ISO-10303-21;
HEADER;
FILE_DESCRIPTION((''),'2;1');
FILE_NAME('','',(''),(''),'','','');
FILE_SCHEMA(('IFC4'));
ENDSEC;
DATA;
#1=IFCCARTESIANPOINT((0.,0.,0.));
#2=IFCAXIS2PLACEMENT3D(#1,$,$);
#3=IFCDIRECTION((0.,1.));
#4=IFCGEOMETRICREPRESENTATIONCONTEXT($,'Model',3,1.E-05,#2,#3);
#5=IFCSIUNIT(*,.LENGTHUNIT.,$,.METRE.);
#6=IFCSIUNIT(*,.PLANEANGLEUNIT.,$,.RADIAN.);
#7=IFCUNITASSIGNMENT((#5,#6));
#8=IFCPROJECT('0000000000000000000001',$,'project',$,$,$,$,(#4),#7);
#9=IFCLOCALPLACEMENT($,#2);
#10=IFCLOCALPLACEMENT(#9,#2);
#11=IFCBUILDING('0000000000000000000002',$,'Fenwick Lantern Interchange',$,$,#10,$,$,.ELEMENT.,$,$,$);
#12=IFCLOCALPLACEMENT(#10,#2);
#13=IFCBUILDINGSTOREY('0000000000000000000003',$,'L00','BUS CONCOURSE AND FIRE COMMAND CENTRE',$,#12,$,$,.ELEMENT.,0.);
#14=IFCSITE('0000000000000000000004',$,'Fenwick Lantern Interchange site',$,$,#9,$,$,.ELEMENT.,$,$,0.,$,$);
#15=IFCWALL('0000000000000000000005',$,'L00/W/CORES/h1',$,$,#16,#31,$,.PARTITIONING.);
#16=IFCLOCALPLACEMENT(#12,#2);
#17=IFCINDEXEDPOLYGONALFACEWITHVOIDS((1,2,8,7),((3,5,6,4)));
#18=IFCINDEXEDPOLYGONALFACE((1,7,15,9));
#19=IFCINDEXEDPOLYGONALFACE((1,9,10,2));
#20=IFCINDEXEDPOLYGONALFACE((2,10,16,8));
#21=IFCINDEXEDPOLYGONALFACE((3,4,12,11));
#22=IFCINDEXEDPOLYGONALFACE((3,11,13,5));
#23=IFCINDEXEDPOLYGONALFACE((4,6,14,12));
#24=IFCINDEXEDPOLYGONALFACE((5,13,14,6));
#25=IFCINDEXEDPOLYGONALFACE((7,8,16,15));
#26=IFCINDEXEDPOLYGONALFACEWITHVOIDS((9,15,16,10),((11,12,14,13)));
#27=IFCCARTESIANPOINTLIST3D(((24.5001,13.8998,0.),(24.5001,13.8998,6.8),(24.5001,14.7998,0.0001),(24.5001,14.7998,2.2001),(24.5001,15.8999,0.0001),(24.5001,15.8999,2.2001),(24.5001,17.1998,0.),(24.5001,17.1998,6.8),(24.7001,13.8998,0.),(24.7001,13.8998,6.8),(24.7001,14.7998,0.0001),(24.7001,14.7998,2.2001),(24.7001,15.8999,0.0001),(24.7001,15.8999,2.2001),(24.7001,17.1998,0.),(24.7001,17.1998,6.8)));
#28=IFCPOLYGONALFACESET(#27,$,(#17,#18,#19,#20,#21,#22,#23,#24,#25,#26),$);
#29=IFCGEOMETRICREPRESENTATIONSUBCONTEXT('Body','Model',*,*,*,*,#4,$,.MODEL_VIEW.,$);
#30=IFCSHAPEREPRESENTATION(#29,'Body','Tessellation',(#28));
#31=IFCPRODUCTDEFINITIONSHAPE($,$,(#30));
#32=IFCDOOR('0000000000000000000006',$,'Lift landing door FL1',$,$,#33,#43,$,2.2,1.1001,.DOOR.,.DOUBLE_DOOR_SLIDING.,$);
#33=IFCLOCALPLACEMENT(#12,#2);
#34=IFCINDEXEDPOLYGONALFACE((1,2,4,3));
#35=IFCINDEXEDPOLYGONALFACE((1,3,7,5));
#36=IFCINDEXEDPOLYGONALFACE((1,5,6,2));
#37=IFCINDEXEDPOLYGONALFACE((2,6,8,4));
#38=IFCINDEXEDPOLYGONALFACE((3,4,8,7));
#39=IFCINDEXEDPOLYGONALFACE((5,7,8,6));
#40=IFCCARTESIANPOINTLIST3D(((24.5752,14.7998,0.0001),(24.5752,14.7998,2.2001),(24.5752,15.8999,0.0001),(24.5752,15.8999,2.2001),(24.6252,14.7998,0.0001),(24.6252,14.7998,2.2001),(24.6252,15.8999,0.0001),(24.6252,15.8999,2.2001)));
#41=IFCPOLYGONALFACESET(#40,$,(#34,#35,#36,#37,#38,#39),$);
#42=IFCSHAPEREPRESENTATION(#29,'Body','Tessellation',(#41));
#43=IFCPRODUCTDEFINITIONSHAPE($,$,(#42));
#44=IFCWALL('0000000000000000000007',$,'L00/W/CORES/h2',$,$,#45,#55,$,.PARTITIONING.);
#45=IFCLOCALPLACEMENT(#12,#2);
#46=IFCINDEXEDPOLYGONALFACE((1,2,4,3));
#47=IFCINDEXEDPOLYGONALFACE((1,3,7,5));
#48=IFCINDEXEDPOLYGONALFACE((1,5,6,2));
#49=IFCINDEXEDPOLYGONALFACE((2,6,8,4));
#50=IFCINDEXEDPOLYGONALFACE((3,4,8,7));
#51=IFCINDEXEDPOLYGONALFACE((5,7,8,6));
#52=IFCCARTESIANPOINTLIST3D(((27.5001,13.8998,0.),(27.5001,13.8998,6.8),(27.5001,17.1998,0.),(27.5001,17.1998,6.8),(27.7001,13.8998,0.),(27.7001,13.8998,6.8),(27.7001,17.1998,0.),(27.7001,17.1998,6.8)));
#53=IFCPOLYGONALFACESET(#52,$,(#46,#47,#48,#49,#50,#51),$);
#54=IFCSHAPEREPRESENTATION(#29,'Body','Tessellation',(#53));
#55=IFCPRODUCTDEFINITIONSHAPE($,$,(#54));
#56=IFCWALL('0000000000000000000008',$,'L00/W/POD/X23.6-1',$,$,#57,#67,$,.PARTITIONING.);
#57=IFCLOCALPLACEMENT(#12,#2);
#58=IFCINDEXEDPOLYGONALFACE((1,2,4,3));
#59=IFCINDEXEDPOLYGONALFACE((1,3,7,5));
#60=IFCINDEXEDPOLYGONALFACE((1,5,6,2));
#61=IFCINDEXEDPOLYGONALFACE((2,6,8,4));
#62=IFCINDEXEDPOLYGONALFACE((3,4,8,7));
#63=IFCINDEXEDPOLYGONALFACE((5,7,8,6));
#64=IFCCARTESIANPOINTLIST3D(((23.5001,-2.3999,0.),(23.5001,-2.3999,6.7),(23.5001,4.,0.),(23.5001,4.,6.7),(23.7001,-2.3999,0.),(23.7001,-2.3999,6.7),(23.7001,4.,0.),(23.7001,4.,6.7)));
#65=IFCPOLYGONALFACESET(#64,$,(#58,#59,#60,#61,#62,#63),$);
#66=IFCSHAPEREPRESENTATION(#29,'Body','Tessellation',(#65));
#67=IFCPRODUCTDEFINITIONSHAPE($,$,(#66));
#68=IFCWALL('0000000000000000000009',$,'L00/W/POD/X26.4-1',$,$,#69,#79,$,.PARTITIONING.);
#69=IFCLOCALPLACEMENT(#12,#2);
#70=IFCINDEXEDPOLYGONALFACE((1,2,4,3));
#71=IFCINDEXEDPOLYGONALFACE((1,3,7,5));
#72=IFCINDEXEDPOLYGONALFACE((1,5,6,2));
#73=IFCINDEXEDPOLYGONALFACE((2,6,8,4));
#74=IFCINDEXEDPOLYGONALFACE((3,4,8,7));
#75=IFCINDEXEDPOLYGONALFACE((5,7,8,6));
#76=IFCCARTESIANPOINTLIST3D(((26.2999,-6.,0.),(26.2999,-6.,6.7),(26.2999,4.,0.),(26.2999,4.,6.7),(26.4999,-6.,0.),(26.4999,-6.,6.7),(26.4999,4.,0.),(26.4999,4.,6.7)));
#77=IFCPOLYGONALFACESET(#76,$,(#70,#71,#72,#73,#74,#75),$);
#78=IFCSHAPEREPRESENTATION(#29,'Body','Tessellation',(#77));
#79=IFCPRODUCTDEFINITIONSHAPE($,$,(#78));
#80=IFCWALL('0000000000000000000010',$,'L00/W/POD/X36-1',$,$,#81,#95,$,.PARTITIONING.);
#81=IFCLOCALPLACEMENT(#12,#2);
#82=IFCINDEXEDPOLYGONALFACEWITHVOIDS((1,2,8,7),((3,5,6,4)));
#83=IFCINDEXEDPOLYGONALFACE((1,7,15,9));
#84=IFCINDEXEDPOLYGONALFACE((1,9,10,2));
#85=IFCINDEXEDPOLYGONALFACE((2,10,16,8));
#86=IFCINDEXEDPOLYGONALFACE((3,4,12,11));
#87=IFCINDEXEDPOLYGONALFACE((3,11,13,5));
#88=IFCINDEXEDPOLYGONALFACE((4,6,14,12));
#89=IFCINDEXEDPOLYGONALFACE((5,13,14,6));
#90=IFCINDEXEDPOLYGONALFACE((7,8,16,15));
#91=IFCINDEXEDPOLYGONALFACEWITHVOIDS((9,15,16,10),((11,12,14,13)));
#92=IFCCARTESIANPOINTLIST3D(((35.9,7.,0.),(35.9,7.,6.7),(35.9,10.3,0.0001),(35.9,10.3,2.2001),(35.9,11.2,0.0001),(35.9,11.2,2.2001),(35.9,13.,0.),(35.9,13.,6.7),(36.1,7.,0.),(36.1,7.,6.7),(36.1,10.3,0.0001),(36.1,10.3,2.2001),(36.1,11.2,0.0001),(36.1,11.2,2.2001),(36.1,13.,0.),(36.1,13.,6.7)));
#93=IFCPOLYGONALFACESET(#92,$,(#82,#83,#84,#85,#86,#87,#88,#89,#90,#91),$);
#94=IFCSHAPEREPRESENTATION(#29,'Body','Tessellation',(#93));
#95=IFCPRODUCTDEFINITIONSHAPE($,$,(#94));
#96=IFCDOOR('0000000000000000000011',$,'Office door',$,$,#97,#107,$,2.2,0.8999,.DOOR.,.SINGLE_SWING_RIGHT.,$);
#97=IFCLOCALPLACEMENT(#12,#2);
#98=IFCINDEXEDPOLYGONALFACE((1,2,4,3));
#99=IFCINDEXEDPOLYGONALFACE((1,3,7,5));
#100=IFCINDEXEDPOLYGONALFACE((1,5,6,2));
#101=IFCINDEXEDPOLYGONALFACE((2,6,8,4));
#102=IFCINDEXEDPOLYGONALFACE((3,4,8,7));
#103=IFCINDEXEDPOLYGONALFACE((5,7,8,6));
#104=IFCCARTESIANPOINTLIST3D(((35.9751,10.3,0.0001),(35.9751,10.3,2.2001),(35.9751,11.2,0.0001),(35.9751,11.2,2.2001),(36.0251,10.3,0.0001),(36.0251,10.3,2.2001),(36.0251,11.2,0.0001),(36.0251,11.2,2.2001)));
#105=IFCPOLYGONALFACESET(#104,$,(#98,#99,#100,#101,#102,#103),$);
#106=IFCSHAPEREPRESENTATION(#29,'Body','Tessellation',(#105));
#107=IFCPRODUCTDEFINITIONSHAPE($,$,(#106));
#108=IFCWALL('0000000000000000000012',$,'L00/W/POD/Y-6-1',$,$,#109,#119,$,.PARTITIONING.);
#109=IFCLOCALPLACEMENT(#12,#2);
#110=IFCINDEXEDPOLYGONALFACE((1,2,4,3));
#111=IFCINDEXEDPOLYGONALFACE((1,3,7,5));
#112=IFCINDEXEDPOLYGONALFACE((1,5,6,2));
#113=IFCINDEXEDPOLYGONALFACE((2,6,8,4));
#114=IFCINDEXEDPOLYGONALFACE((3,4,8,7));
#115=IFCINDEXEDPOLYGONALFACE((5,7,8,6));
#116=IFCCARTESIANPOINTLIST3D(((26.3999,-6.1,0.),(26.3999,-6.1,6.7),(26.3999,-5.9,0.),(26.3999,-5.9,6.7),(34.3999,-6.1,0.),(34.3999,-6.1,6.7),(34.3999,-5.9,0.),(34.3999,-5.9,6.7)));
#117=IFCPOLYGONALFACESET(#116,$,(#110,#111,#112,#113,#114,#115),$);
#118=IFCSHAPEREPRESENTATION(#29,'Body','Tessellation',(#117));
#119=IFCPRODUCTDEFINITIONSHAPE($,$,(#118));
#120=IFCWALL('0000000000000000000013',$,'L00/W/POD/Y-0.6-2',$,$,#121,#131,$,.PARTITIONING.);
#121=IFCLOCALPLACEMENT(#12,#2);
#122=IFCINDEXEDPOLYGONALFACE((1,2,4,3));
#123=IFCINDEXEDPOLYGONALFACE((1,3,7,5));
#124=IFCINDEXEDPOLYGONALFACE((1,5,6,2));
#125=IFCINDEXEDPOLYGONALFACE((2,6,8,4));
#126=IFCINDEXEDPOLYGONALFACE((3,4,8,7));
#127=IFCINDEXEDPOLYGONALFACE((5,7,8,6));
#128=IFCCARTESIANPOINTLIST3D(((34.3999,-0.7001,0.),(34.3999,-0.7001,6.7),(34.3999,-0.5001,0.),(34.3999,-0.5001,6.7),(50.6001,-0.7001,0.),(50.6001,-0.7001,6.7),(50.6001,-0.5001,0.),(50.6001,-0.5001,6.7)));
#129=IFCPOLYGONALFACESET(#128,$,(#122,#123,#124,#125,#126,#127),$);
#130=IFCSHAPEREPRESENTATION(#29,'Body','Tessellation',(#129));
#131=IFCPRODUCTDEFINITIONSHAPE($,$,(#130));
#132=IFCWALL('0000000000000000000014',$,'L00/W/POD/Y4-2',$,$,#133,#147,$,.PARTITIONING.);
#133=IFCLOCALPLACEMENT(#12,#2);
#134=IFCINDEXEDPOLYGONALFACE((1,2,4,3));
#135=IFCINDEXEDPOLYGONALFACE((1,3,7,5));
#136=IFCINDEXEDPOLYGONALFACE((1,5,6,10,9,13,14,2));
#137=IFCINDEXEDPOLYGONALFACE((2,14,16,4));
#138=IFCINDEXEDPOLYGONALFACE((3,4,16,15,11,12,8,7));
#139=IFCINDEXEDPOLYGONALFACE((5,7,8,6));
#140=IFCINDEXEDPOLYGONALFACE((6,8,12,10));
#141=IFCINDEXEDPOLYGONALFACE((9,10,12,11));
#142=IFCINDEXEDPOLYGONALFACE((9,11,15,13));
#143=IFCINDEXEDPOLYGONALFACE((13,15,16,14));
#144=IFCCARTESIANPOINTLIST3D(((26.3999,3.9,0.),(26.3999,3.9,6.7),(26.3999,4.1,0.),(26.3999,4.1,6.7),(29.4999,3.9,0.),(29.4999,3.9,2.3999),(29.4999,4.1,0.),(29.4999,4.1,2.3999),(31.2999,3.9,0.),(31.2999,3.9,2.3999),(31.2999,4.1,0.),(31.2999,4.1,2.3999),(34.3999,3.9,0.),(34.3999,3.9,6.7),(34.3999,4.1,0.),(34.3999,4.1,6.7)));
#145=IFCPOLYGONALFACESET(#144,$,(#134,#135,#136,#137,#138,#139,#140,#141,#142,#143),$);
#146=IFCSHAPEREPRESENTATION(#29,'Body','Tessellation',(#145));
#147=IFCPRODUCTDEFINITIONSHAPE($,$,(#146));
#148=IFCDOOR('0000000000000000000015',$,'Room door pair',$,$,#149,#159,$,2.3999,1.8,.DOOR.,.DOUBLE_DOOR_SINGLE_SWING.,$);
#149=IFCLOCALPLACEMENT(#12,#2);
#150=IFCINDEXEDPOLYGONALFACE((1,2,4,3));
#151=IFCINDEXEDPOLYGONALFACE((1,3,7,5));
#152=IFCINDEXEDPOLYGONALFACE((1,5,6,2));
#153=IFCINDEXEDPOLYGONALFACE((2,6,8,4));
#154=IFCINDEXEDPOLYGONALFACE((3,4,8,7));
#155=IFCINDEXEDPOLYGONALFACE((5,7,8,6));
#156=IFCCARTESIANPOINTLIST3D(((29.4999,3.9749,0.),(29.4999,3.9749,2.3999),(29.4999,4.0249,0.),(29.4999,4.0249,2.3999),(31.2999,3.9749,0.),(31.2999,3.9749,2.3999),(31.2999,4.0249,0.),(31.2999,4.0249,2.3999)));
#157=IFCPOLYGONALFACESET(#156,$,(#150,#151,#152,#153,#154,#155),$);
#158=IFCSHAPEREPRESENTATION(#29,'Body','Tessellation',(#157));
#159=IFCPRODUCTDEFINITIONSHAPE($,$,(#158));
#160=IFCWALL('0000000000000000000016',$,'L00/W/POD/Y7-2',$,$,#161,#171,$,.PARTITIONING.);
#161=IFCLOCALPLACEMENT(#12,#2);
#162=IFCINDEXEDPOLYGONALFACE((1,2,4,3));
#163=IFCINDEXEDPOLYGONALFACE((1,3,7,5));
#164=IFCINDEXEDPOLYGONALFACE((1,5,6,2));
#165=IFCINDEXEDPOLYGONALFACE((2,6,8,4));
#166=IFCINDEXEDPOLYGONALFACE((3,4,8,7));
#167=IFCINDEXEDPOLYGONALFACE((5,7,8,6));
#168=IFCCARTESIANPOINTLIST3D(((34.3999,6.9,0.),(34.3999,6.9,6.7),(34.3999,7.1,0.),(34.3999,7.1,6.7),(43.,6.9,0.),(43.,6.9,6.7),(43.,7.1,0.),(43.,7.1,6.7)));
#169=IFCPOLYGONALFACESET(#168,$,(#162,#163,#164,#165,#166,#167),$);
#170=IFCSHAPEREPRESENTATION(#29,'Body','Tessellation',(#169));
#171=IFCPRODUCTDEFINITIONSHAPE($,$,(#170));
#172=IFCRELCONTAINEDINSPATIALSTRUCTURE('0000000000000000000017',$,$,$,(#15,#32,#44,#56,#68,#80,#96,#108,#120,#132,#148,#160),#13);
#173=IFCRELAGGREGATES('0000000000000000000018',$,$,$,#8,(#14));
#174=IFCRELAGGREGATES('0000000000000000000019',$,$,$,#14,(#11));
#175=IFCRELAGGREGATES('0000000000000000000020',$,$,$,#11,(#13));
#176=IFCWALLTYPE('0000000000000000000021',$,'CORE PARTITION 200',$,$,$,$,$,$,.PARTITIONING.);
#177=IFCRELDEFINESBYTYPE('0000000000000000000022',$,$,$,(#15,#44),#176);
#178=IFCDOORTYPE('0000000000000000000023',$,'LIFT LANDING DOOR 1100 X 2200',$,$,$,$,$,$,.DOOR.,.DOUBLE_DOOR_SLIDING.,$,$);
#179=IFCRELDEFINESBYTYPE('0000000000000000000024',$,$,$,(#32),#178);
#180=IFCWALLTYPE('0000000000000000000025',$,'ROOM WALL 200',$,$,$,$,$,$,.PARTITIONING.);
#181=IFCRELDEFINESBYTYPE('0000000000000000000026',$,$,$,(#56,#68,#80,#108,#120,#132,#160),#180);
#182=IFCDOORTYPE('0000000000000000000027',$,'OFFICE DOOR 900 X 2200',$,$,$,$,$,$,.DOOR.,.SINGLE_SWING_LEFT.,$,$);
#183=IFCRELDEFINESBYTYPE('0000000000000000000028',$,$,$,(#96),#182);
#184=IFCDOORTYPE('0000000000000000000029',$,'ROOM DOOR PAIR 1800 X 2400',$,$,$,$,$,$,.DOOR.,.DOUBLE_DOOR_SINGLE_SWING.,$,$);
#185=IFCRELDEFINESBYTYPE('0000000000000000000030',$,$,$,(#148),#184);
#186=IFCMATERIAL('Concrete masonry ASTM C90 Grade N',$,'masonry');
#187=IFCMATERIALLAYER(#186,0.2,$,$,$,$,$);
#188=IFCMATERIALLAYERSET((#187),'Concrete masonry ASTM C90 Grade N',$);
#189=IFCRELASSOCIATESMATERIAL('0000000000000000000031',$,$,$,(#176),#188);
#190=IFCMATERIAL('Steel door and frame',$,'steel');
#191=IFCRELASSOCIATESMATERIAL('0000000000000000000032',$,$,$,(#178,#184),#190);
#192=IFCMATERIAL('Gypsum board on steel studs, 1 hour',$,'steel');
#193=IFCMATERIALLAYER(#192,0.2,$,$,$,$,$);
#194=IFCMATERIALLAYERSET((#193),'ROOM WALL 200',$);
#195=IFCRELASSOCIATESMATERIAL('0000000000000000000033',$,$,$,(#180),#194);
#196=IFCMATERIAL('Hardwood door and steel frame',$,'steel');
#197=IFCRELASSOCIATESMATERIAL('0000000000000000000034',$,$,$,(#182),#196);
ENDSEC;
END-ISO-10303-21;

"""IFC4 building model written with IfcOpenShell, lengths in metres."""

from ifc_helpers import new_model, si_unit, direction, frame, frame_2d, origin, place, context, subcontext, project, spatial, rectangle, extrude, material, layer, layer_set, type_object, element, fill, save


model = new_model("IFC4")

# Units and contexts
model_context = context("Model", 3, precision=1e-05, world=origin(), true_north=direction((0.0, 1.0)))
body_context = subcontext(model_context, "Body", "Model", "MODEL_VIEW")
ifc_project = project(units=[si_unit("LENGTHUNIT", "METRE"), si_unit("PLANEANGLEUNIT", "RADIAN")], contexts=[model_context])

# Site, building, storey
site_placement = place(None, origin())
site = spatial("IfcSite", under=ifc_project, at=site_placement, Name="Fenwick Lantern Interchange site", CompositionType="ELEMENT", RefElevation=0.0)
building_placement = place(site_placement, origin())
building = spatial("IfcBuilding", under=site, at=building_placement, Name="Fenwick Lantern Interchange", CompositionType="ELEMENT")
storey_placement = place(building_placement, origin())
storey = spatial("IfcBuildingStorey", under=building, at=storey_placement, Name="L00", Description="BUS CONCOURSE AND FIRE COMMAND CENTRE", CompositionType="ELEMENT", Elevation=0.0)

# Wall, opening, door
ifc_material_1 = material(Name="Concrete masonry ASTM C90 Grade N", Category="masonry")
ifc_layer_1 = layer(ifc_material_1, 0.2)
ifc_layer_set_1 = layer_set([ifc_layer_1], Name="Concrete masonry ASTM C90 Grade N")
wall_type_1 = type_object("IfcWallType", Name="CORE PARTITION 200", PredefinedType="PARTITIONING", material=ifc_layer_set_1)
wall_1_placement = place(storey_placement, frame((24.6001, 13.8999, 0.0), z_axis=(0.0, 0.0, 1.0), x_axis=(0.0, 1.0, 0.0)))
wall_1 = element("IfcWall", 1, at=wall_1_placement, inside=storey, type_object=wall_type_1, Name="L00/W/CORES/h1", PredefinedType="PARTITIONING", context=body_context, shape_type="SweptSolid", body=[
    extrude(rectangle(XDim=3.3, YDim=0.2, at=frame_2d((1.6499, 0.0))), origin(), (0.0, 0.0, 1.0), 6.8),
])
opening_1_placement = place(wall_1_placement, frame((0.8999, 0.0, 0.0)))
opening_1 = element("IfcOpeningElement", 2, at=opening_1_placement, cuts=wall_1, PredefinedType="OPENING", context=body_context, shape_type="SweptSolid", body=[
    extrude(rectangle(XDim=1.1001, YDim=2.2, at=frame_2d((0.55, 1.1001))), frame((0.0, 0.1099, 0.0), z_axis=(0.0, -1.0, 0.0), x_axis=(1.0, 0.0, 0.0)), (0.0, 0.0, 1.0), 0.22),
])
ifc_material_2 = material(Name="Steel door and frame", Category="steel")
door_type_1 = type_object("IfcDoorType", Name="LIFT LANDING DOOR 1100 X 2200", OperationType="DOUBLE_DOOR_SLIDING", PredefinedType="DOOR", material=ifc_material_2)
door_1_placement = place(opening_1_placement, origin())
door_1 = element("IfcDoor", 3, at=door_1_placement, inside=storey, type_object=door_type_1, Name="Lift landing door FL1", OperationType="DOUBLE_DOOR_SLIDING", OverallHeight=2.2, OverallWidth=1.1001, PredefinedType="DOOR", context=body_context, shape_type="SweptSolid", body=[
    extrude(rectangle(XDim=1.1001, YDim=2.2, at=frame_2d((0.55, 1.1001))), frame((0.0, 0.0249, 0.0), z_axis=(0.0, -1.0, 0.0), x_axis=(1.0, 0.0, 0.0)), (0.0, 0.0, 1.0), 0.05),
])
fill(opening_1, door_1)

# Walls
wall_2_placement = place(storey_placement, frame((27.6001, 13.8999, 0.0), z_axis=(0.0, 0.0, 1.0), x_axis=(0.0, 1.0, 0.0)))
element("IfcWall", 4, at=wall_2_placement, inside=storey, type_object=wall_type_1, Name="L00/W/CORES/h2", PredefinedType="PARTITIONING", context=body_context, shape_type="SweptSolid", body=[
    extrude(rectangle(XDim=3.3, YDim=0.2, at=frame_2d((1.6499, 0.0))), origin(), (0.0, 0.0, 1.0), 6.8),
])
ifc_material_3 = material(Name="Gypsum board on steel studs, 1 hour", Category="steel")
ifc_layer_2 = layer(ifc_material_3, 0.2)
ifc_layer_set_2 = layer_set([ifc_layer_2], Name="ROOM WALL 200")
wall_type_2 = type_object("IfcWallType", Name="ROOM WALL 200", PredefinedType="PARTITIONING", material=ifc_layer_set_2)
wall_3_placement = place(storey_placement, frame((23.6001, -2.3999, 0.0), z_axis=(0.0, 0.0, 1.0), x_axis=(0.0, 1.0, 0.0)))
element("IfcWall", 5, at=wall_3_placement, inside=storey, type_object=wall_type_2, Name="L00/W/POD/X23.6-1", PredefinedType="PARTITIONING", context=body_context, shape_type="SweptSolid", body=[
    extrude(rectangle(XDim=6.3999, YDim=0.2, at=frame_2d((3.2, 0.0))), origin(), (0.0, 0.0, 1.0), 6.7),
])
wall_4_placement = place(storey_placement, frame((26.3999, -6.0, 0.0), z_axis=(0.0, 0.0, 1.0), x_axis=(0.0, 1.0, 0.0)))
element("IfcWall", 6, at=wall_4_placement, inside=storey, type_object=wall_type_2, Name="L00/W/POD/X26.4-1", PredefinedType="PARTITIONING", context=body_context, shape_type="SweptSolid", body=[
    extrude(rectangle(XDim=10.0, YDim=0.2, at=frame_2d((5.0, 0.0))), origin(), (0.0, 0.0, 1.0), 6.7),
])

# Wall, opening, door
wall_5_placement = place(storey_placement, frame((36.0, 7.0, 0.0), z_axis=(0.0, 0.0, 1.0), x_axis=(0.0, 1.0, 0.0)))
wall_5 = element("IfcWall", 7, at=wall_5_placement, inside=storey, type_object=wall_type_2, Name="L00/W/POD/X36-1", PredefinedType="PARTITIONING", context=body_context, shape_type="SweptSolid", body=[
    extrude(rectangle(XDim=6.0, YDim=0.2, at=frame_2d((3.0, 0.0))), origin(), (0.0, 0.0, 1.0), 6.7),
])
opening_2_placement = place(wall_5_placement, frame((3.3, 0.0, 0.0)))
opening_2 = element("IfcOpeningElement", 8, at=opening_2_placement, cuts=wall_5, PredefinedType="OPENING", context=body_context, shape_type="SweptSolid", body=[
    extrude(rectangle(XDim=0.8999, YDim=2.2, at=frame_2d((0.45, 1.1001))), frame((0.0, 0.1099, 0.0), z_axis=(0.0, -1.0, 0.0), x_axis=(1.0, 0.0, 0.0)), (0.0, 0.0, 1.0), 0.22),
])
ifc_material_4 = material(Name="Hardwood door and steel frame", Category="steel")
door_type_2 = type_object("IfcDoorType", Name="OFFICE DOOR 900 X 2200", OperationType="SINGLE_SWING_LEFT", PredefinedType="DOOR", material=ifc_material_4)
door_2_placement = place(opening_2_placement, origin())
door_2 = element("IfcDoor", 9, at=door_2_placement, inside=storey, type_object=door_type_2, Name="Office door", OperationType="SINGLE_SWING_RIGHT", OverallHeight=2.2, OverallWidth=0.8999, PredefinedType="DOOR", context=body_context, shape_type="SweptSolid", body=[
    extrude(rectangle(XDim=0.8999, YDim=2.2, at=frame_2d((0.45, 1.1001))), frame((0.0, 0.0249, 0.0), z_axis=(0.0, -1.0, 0.0), x_axis=(1.0, 0.0, 0.0)), (0.0, 0.0, 1.0), 0.05),
])
fill(opening_2, door_2)

# Walls
wall_6_placement = place(storey_placement, frame((26.3999, -6.0, 0.0), z_axis=(0.0, 0.0, 1.0), x_axis=(1.0, 0.0, 0.0)))
element("IfcWall", 10, at=wall_6_placement, inside=storey, type_object=wall_type_2, Name="L00/W/POD/Y-6-1", PredefinedType="PARTITIONING", context=body_context, shape_type="SweptSolid", body=[
    extrude(rectangle(XDim=8.0, YDim=0.2, at=frame_2d((4.0, 0.0))), origin(), (0.0, 0.0, 1.0), 6.7),
])
wall_7_placement = place(storey_placement, frame((34.3999, -0.6001, 0.0), z_axis=(0.0, 0.0, 1.0), x_axis=(1.0, 0.0, 0.0)))
element("IfcWall", 11, at=wall_7_placement, inside=storey, type_object=wall_type_2, Name="L00/W/POD/Y-0.6-2", PredefinedType="PARTITIONING", context=body_context, shape_type="SweptSolid", body=[
    extrude(rectangle(XDim=16.2002, YDim=0.2, at=frame_2d((8.1001, 0.0))), origin(), (0.0, 0.0, 1.0), 6.7),
])

# Wall, opening, door
wall_8_placement = place(storey_placement, frame((26.3999, 4.0, 0.0), z_axis=(0.0, 0.0, 1.0), x_axis=(1.0, 0.0, 0.0)))
wall_8 = element("IfcWall", 12, at=wall_8_placement, inside=storey, type_object=wall_type_2, Name="L00/W/POD/Y4-2", PredefinedType="PARTITIONING", context=body_context, shape_type="SweptSolid", body=[
    extrude(rectangle(XDim=8.0, YDim=0.2, at=frame_2d((4.0, 0.0))), origin(), (0.0, 0.0, 1.0), 6.7),
])
opening_3_placement = place(wall_8_placement, frame((3.1001, 0.0, 0.0)))
opening_3 = element("IfcOpeningElement", 13, at=opening_3_placement, cuts=wall_8, PredefinedType="OPENING", context=body_context, shape_type="SweptSolid", body=[
    extrude(rectangle(XDim=1.8, YDim=2.3999, at=frame_2d((0.8999, 1.2))), frame((0.0, 0.1099, 0.0), z_axis=(0.0, -1.0, 0.0), x_axis=(1.0, 0.0, 0.0)), (0.0, 0.0, 1.0), 0.22),
])
door_type_3 = type_object("IfcDoorType", Name="ROOM DOOR PAIR 1800 X 2400", OperationType="DOUBLE_DOOR_SINGLE_SWING", PredefinedType="DOOR", material=ifc_material_2)
door_3_placement = place(opening_3_placement, origin())
door_3 = element("IfcDoor", 14, at=door_3_placement, inside=storey, type_object=door_type_3, Name="Room door pair", OperationType="DOUBLE_DOOR_SINGLE_SWING", OverallHeight=2.3999, OverallWidth=1.8, PredefinedType="DOOR", context=body_context, shape_type="SweptSolid", body=[
    extrude(rectangle(XDim=1.8, YDim=2.3999, at=frame_2d((0.8999, 1.2))), frame((0.0, 0.0249, 0.0), z_axis=(0.0, -1.0, 0.0), x_axis=(1.0, 0.0, 0.0)), (0.0, 0.0, 1.0), 0.05),
])
fill(opening_3, door_3)

# Wall
wall_9_placement = place(storey_placement, frame((34.3999, 7.0, 0.0), z_axis=(0.0, 0.0, 1.0), x_axis=(1.0, 0.0, 0.0)))
element("IfcWall", 15, at=wall_9_placement, inside=storey, type_object=wall_type_2, Name="L00/W/POD/Y7-2", PredefinedType="PARTITIONING", context=body_context, shape_type="SweptSolid", body=[
    extrude(rectangle(XDim=8.6001, YDim=0.2, at=frame_2d((4.3, 0.0))), origin(), (0.0, 0.0, 1.0), 6.7),
])

save(model, "model.ifc")
